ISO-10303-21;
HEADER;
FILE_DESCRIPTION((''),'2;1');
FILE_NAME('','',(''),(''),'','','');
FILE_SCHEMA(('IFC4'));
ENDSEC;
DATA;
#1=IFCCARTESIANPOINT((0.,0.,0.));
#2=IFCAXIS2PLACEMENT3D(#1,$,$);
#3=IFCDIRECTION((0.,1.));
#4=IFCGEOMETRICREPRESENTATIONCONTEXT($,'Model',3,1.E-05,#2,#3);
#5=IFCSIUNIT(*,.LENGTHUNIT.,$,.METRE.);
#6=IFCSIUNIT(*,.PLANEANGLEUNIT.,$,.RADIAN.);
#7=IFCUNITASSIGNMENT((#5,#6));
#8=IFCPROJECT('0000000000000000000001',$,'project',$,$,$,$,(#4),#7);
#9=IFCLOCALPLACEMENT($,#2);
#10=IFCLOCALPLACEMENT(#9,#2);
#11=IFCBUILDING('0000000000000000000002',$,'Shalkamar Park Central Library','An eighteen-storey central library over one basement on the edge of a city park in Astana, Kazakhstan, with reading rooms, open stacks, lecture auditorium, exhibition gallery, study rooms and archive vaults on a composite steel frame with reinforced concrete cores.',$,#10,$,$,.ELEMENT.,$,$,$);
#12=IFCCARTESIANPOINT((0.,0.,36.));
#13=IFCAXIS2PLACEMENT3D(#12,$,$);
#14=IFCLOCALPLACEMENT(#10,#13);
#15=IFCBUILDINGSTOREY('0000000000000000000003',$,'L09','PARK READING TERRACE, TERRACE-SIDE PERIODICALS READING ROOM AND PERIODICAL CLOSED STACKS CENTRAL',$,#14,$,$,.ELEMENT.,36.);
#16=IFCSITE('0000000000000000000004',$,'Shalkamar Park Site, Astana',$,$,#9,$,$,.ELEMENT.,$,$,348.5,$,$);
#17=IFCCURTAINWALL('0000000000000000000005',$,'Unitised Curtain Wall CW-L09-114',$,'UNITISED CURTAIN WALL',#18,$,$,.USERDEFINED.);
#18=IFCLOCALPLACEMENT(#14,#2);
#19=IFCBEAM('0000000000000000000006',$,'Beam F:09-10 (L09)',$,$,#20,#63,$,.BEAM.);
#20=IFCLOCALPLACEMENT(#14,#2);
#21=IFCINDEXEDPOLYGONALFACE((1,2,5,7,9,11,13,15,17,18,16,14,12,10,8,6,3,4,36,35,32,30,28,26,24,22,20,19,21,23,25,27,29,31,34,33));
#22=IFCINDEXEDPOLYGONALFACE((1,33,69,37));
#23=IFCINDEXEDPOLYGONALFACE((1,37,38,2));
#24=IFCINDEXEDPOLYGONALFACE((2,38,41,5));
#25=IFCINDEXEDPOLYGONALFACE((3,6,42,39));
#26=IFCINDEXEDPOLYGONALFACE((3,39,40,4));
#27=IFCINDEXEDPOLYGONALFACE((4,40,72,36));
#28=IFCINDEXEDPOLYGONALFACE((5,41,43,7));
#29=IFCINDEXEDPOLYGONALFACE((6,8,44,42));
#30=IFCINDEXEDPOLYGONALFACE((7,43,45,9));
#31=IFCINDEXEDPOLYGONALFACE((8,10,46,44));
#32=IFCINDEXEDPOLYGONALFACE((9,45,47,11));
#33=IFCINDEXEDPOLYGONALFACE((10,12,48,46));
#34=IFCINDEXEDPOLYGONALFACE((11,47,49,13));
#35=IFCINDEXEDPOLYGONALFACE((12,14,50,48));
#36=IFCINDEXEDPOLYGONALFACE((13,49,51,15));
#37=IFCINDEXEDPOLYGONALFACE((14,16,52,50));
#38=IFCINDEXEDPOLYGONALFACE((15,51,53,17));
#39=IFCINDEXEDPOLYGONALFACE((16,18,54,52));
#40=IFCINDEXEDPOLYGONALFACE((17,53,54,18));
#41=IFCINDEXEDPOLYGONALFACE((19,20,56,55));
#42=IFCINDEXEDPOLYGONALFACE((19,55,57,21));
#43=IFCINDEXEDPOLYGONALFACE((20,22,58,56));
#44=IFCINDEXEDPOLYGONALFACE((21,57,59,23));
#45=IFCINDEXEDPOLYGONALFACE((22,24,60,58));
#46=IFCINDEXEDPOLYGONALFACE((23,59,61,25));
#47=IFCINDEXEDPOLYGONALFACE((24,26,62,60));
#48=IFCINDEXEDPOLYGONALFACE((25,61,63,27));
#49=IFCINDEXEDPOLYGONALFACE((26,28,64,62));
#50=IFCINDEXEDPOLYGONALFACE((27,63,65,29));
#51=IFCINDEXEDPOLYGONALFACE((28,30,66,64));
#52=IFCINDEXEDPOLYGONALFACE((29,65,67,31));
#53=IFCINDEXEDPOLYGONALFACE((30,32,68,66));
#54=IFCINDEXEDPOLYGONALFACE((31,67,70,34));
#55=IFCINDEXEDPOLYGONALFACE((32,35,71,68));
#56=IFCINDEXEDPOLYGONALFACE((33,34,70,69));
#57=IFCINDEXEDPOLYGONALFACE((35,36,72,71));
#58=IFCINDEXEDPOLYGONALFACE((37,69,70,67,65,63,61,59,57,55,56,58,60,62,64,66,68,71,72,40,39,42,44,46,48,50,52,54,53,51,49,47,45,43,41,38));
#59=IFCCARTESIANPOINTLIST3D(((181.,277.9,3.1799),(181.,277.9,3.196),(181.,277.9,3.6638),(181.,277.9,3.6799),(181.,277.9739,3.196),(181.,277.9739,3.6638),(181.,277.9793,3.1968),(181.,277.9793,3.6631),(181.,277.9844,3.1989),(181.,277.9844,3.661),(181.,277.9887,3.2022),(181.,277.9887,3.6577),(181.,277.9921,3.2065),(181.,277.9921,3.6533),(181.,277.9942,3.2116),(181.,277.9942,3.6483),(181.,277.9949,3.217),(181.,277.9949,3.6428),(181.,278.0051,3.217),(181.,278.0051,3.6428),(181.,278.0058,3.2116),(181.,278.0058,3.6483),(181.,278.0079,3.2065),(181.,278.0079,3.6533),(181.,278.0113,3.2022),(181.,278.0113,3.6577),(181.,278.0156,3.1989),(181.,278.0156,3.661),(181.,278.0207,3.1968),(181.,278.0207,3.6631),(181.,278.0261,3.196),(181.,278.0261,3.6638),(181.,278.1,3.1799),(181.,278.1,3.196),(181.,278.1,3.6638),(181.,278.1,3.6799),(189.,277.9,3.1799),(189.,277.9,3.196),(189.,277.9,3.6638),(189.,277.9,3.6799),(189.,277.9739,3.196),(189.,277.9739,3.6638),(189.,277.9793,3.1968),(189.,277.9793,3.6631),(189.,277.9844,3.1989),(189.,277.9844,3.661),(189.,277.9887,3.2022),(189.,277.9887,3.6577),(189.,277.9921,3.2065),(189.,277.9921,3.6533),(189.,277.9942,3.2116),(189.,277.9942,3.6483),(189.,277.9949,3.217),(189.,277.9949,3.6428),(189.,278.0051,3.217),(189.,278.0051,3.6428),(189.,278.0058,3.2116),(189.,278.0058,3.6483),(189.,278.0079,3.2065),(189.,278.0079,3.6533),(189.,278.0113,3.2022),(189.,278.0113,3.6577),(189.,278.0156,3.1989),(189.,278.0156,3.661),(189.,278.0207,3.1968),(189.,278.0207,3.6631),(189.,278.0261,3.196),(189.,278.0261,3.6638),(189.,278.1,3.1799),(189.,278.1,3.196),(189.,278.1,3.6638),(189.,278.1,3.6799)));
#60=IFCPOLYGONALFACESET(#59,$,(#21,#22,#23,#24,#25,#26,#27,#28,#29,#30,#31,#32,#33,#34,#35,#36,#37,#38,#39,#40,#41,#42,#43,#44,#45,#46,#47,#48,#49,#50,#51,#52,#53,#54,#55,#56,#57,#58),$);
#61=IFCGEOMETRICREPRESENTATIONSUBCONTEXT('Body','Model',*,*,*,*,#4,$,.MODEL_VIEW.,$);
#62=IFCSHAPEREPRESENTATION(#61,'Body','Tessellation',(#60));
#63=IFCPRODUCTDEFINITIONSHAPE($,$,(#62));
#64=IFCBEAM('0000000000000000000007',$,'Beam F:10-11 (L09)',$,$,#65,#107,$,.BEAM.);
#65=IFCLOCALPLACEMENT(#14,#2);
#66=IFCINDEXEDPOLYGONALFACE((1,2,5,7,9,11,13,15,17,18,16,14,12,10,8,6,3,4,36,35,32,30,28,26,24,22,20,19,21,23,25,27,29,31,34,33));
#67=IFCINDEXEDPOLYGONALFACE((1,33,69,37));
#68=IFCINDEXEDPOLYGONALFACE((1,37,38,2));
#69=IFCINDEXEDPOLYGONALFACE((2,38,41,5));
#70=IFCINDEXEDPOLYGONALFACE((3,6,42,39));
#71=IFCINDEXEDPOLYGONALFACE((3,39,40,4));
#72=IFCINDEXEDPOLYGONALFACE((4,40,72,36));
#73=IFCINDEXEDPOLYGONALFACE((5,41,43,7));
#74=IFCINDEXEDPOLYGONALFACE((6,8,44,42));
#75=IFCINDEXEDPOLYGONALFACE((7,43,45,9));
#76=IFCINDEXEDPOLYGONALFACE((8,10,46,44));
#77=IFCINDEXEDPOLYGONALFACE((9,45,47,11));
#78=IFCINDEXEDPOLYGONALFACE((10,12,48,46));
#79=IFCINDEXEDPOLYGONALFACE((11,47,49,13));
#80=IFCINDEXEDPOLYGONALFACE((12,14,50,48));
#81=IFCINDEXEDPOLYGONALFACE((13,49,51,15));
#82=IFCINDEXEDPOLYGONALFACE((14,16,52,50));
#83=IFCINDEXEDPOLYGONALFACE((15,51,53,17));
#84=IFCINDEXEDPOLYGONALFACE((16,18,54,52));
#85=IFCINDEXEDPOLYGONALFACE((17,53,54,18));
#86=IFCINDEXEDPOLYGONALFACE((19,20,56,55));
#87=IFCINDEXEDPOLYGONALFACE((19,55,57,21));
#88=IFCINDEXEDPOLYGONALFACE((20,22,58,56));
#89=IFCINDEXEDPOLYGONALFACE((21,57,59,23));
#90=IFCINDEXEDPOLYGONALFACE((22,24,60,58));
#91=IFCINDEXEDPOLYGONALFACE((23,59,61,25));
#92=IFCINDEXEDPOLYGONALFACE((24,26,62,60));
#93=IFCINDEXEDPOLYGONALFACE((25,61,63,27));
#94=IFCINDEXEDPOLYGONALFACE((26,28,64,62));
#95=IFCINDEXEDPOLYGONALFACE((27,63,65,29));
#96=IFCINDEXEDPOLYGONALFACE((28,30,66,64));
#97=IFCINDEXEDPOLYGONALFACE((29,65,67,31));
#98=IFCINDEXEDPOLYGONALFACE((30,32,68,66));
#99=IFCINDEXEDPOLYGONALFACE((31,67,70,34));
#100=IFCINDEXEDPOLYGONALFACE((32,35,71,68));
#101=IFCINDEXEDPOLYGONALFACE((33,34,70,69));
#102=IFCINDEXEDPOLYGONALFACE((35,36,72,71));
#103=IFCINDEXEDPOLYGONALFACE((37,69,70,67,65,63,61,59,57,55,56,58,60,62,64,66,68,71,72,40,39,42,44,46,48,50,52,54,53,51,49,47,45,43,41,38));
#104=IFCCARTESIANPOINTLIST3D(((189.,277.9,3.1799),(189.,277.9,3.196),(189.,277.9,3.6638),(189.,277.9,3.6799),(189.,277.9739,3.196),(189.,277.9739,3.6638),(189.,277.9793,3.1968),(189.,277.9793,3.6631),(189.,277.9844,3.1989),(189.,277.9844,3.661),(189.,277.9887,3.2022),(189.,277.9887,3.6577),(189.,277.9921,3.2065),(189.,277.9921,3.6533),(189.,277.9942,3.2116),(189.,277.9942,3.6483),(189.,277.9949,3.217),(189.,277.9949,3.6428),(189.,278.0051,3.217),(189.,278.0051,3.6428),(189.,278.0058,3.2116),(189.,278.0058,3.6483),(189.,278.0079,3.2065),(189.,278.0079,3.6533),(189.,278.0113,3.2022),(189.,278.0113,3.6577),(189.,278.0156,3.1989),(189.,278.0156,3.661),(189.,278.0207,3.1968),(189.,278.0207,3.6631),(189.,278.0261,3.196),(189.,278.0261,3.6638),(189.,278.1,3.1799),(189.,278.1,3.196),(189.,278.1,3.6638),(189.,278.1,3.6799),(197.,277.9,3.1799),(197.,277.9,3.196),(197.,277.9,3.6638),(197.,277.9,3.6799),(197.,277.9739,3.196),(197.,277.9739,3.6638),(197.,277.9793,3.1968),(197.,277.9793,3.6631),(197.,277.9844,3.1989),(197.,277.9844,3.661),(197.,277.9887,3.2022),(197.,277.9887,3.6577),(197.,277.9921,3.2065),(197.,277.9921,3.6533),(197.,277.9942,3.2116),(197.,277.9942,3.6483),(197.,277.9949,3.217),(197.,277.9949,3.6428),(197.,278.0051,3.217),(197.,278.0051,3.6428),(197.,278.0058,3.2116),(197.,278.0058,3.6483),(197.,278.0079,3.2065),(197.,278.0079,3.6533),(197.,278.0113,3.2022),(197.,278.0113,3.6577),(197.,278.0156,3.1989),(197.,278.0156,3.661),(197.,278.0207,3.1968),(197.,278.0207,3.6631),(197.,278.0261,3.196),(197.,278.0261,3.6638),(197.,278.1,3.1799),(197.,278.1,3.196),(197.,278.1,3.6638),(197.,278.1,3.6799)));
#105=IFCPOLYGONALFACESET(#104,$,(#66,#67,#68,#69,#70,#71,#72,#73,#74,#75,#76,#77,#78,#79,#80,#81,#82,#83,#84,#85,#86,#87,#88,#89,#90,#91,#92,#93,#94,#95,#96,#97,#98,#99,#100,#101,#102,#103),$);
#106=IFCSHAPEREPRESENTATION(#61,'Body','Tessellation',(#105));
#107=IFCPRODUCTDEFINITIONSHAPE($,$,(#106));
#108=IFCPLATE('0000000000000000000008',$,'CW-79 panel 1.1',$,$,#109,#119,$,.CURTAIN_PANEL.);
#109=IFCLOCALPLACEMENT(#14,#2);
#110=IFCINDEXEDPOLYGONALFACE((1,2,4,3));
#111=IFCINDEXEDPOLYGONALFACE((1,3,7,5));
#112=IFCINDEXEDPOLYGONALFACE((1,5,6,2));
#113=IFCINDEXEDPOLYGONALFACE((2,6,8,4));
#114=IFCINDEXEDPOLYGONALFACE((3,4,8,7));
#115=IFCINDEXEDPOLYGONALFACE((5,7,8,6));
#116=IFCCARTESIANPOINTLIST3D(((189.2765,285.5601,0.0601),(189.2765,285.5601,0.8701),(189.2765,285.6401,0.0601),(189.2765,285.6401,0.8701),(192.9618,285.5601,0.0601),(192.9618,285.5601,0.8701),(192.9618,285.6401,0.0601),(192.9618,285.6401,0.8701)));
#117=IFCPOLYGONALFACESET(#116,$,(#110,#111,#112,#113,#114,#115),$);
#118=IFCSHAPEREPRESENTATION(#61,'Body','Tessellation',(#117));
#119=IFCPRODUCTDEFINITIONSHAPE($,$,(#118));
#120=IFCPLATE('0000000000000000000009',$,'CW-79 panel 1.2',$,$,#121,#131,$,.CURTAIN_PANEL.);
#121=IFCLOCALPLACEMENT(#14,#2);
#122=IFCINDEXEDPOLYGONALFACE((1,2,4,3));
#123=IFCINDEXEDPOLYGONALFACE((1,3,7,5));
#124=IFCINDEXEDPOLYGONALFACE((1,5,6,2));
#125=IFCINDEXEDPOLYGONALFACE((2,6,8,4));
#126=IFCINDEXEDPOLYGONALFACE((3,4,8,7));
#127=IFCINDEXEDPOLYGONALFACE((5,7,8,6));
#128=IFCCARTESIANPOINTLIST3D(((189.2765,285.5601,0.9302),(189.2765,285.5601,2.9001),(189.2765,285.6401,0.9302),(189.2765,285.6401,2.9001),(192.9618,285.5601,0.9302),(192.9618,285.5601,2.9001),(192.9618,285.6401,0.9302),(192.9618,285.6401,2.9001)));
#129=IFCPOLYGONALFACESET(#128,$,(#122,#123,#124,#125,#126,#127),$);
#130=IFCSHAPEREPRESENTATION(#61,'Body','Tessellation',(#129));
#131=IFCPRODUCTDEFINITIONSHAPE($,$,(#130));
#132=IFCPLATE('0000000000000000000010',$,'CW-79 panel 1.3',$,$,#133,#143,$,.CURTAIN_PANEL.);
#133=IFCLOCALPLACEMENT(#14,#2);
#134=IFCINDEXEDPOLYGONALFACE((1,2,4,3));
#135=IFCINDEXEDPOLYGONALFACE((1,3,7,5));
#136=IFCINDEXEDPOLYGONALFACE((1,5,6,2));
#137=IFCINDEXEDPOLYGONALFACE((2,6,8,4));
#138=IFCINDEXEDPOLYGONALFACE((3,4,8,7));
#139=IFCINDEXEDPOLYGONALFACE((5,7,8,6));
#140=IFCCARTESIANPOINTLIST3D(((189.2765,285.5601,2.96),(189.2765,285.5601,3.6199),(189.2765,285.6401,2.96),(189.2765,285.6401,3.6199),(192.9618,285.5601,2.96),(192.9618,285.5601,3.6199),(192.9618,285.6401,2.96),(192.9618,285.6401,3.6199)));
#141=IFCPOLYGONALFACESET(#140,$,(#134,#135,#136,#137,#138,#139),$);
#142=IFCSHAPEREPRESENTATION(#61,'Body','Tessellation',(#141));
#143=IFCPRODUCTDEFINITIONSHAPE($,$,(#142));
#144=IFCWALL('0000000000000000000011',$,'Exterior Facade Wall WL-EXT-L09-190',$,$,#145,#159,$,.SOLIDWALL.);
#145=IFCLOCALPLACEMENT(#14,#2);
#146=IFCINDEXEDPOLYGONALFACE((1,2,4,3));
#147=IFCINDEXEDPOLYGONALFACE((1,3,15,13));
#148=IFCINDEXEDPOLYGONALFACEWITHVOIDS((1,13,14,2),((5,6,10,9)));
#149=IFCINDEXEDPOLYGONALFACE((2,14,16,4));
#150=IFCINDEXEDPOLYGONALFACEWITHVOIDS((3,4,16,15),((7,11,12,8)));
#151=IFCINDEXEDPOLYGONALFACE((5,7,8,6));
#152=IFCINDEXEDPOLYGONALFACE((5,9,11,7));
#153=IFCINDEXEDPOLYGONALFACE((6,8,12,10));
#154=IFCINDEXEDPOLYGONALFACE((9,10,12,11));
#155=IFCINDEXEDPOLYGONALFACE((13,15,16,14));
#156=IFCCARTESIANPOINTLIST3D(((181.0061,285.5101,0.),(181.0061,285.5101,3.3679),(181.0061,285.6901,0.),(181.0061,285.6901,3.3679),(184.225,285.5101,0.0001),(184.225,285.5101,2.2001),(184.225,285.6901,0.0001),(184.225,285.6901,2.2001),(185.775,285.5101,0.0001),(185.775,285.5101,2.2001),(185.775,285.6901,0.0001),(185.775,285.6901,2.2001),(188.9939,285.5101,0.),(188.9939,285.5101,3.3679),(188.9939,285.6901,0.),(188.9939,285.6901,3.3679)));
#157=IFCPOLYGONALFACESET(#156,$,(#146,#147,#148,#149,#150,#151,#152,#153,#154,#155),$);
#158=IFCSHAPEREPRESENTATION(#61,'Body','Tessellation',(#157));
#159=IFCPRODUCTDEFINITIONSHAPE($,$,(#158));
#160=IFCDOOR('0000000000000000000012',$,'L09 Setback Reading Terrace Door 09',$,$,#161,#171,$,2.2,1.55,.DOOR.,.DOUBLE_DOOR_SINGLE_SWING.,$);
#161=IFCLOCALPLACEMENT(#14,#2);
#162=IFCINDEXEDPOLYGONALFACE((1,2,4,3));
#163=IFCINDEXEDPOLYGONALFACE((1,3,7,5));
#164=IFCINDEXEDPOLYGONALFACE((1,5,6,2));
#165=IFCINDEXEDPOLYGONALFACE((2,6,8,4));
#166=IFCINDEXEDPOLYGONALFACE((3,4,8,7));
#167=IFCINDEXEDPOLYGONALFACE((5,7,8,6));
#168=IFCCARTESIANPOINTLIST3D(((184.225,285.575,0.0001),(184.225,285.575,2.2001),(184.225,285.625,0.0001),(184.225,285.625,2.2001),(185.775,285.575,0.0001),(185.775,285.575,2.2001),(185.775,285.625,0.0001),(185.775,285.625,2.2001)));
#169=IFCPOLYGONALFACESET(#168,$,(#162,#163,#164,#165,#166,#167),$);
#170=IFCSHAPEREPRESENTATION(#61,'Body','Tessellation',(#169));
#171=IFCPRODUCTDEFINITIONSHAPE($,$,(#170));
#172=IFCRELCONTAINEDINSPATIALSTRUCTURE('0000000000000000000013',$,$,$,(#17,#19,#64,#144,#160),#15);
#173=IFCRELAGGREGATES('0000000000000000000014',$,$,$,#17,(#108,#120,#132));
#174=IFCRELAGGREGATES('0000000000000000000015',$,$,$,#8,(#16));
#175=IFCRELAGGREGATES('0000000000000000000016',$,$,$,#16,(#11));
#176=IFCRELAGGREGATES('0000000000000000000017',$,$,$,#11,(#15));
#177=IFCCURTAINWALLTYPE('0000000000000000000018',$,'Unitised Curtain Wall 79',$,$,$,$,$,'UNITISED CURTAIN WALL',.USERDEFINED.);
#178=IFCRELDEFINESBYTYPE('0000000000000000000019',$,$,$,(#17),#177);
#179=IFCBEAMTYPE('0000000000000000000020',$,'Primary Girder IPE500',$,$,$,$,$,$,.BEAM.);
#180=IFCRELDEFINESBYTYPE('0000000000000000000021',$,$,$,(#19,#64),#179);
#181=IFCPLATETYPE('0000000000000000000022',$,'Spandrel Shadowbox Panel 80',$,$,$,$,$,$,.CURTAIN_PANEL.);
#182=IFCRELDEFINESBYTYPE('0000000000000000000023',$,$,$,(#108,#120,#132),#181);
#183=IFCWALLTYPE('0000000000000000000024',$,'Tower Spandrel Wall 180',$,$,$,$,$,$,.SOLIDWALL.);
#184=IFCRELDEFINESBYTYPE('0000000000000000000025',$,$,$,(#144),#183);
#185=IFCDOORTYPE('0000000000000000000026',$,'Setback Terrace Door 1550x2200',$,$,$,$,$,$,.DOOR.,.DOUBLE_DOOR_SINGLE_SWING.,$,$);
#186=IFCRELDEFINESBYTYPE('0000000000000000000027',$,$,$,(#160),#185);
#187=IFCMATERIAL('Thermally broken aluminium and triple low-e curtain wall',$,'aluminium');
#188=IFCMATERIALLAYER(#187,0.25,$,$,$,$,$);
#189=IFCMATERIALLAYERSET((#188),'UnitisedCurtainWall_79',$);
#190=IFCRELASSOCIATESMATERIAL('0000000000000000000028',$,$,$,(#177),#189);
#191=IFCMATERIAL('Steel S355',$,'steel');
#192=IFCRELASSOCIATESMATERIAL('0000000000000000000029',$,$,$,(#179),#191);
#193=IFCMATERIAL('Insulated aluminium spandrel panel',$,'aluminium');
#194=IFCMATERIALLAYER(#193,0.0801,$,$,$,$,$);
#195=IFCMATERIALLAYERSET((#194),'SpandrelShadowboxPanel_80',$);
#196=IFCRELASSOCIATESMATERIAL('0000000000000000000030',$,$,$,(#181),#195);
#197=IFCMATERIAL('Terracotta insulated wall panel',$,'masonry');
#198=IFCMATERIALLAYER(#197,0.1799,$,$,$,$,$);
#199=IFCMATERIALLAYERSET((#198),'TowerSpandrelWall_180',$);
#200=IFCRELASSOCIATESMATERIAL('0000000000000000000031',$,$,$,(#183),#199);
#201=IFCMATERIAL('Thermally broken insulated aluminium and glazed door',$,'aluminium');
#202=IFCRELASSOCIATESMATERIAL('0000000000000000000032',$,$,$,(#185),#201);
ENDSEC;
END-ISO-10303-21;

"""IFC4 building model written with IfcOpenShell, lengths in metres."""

from ifc_helpers import new_model, si_unit, direction, frame, frame_2d, origin, origin_2d, place, context, subcontext, project, spatial, rectangle, i_section, extrude, material, layer, layer_set, material_profile, profile_set, type_object, element, fill, aggregate, save


model = new_model("IFC4")

# Units and contexts
model_context = context("Model", 3, precision=1e-05, world=origin(), true_north=direction((0.0, 1.0)))
body_context = subcontext(model_context, "Body", "Model", "MODEL_VIEW")
ifc_project = project(units=[si_unit("LENGTHUNIT", "METRE"), si_unit("PLANEANGLEUNIT", "RADIAN")], contexts=[model_context])

# Site, building, storey
site_placement = place(None, origin())
site = spatial("IfcSite", under=ifc_project, at=site_placement, Name="Shalkamar Park Site, Astana", CompositionType="ELEMENT", RefElevation=348.5)
building_placement = place(site_placement, origin())
building = spatial("IfcBuilding", under=site, at=building_placement, Name="Shalkamar Park Central Library", Description="An eighteen-storey central library over one basement on the edge of a city park in Astana, Kazakhstan, with reading rooms, open stacks, lecture auditorium, exhibition gallery, study rooms and archive vaults on a composite steel frame with reinforced concrete cores.", CompositionType="ELEMENT")
storey_placement = place(building_placement, frame((0.0, 0.0, 36.0)))
storey = spatial("IfcBuildingStorey", under=building, at=storey_placement, Name="L09", Description="PARK READING TERRACE, TERRACE-SIDE PERIODICALS READING ROOM AND PERIODICAL CLOSED STACKS CENTRAL", CompositionType="ELEMENT", Elevation=36.0)

# Shared definitions
ifc_material_1 = material(Name="Steel S355", Category="steel")

# Curtain wall
ifc_material_2 = material(Name="Thermally broken aluminium and triple low-e curtain wall", Category="aluminium")
ifc_layer_1 = layer(ifc_material_2, 0.25)
ifc_layer_set_1 = layer_set([ifc_layer_1], Name="UnitisedCurtainWall_79")
curtain_wall_type = type_object("IfcCurtainWallType", Name="Unitised Curtain Wall 79", ElementType="UNITISED CURTAIN WALL", PredefinedType="USERDEFINED", material=ifc_layer_set_1)
curtain_wall_placement = place(storey_placement, origin())
curtain_wall = element("IfcCurtainWall", 1, at=curtain_wall_placement, inside=storey, type_object=curtain_wall_type, Name="Unitised Curtain Wall CW-L09-114", ObjectType="UNITISED CURTAIN WALL", PredefinedType="USERDEFINED")

# Beams
ifc_material_profile_1 = material_profile(ifc_material_1, i_section(OverallWidth=0.2, OverallDepth=0.5, WebThickness=0.0103, FlangeThickness=0.0161, FilletRadius=0.021, at=origin_2d()), Name="IPE 500")
ifc_profile_set_1 = profile_set([ifc_material_profile_1], Name="Steel S355")
beam_type_1 = type_object("IfcBeamType", Name="Primary Girder IPE500", PredefinedType="BEAM", material=ifc_profile_set_1)
for number, where, z_axis, x_axis, name in (
    (2, (181.0, 278.0, 3.4299), (1.0, 0.0, 0.0), (0.0, 1.0, 0.0), "Beam F:09-10 (L09)"),
    (3, (189.0, 278.0, 3.4299), (1.0, 0.0, 0.0), (0.0, 1.0, 0.0), "Beam F:10-11 (L09)"),
):
    element("IfcBeam", number, at=place(storey_placement, frame(where, z_axis=z_axis, x_axis=x_axis)), inside=storey, type_object=beam_type_1, Name=name, PredefinedType="BEAM", context=body_context, shape_type="SweptSolid", body=[
        extrude(i_section(OverallWidth=0.2, OverallDepth=0.5, WebThickness=0.0103, FlangeThickness=0.0161, FilletRadius=0.021, at=origin_2d()), origin(), (0.0, 0.0, 1.0), 8.0),
    ])

# Plates
ifc_material_3 = material(Name="Insulated aluminium spandrel panel", Category="aluminium")
ifc_layer_2 = layer(ifc_material_3, 0.0801)
ifc_layer_set_2 = layer_set([ifc_layer_2], Name="SpandrelShadowboxPanel_80")
plate_type = type_object("IfcPlateType", Name="Spandrel Shadowbox Panel 80", PredefinedType="CURTAIN_PANEL", material=ifc_layer_set_2)
plate_1_placement = place(storey_placement, frame((191.1191, 285.6001, 0.0601), z_axis=(0.0, 0.0, 1.0), x_axis=(1.0, 0.0, 0.0)))
plate_1 = element("IfcPlate", 4, at=plate_1_placement, type_object=plate_type, Name="CW-79 panel 1.1", PredefinedType="CURTAIN_PANEL", context=body_context, shape_type="SweptSolid", body=[
    extrude(rectangle(XDim=3.6853, YDim=0.0801, at=origin_2d()), origin(), (0.0, 0.0, 1.0), 0.8101),
])
plate_2_placement = place(storey_placement, frame((191.1191, 285.6001, 0.9302), z_axis=(0.0, 0.0, 1.0), x_axis=(1.0, 0.0, 0.0)))
plate_2 = element("IfcPlate", 5, at=plate_2_placement, type_object=plate_type, Name="CW-79 panel 1.2", PredefinedType="CURTAIN_PANEL", context=body_context, shape_type="SweptSolid", body=[
    extrude(rectangle(XDim=3.6853, YDim=0.0801, at=origin_2d()), origin(), (0.0, 0.0, 1.0), 1.97),
])
plate_3_placement = place(storey_placement, frame((191.1191, 285.6001, 2.96), z_axis=(0.0, 0.0, 1.0), x_axis=(1.0, 0.0, 0.0)))
plate_3 = element("IfcPlate", 6, at=plate_3_placement, type_object=plate_type, Name="CW-79 panel 1.3", PredefinedType="CURTAIN_PANEL", context=body_context, shape_type="SweptSolid", body=[
    extrude(rectangle(XDim=3.6853, YDim=0.0801, at=origin_2d()), origin(), (0.0, 0.0, 1.0), 0.6599),
])
aggregate(curtain_wall, [plate_1, plate_2, plate_3])

# Wall, opening, door
ifc_material_4 = material(Name="Terracotta insulated wall panel", Category="masonry")
ifc_layer_3 = layer(ifc_material_4, 0.1799)
ifc_layer_set_3 = layer_set([ifc_layer_3], Name="TowerSpandrelWall_180")
wall_type = type_object("IfcWallType", Name="Tower Spandrel Wall 180", PredefinedType="SOLIDWALL", material=ifc_layer_set_3)
wall_placement = place(storey_placement, frame((181.0061, 285.6001, 0.0), z_axis=(0.0, 0.0, 1.0), x_axis=(1.0, 0.0, 0.0)))
wall = element("IfcWall", 7, at=wall_placement, inside=storey, type_object=wall_type, Name="Exterior Facade Wall WL-EXT-L09-190", PredefinedType="SOLIDWALL", context=body_context, shape_type="SweptSolid", body=[
    extrude(rectangle(XDim=7.9878, YDim=0.1799, at=frame_2d((3.9939, 0.0))), origin(), (0.0, 0.0, 1.0), 3.3679),
])
opening_placement = place(wall_placement, frame((3.219, 0.0, 0.0)))
opening = element("IfcOpeningElement", 8, at=opening_placement, cuts=wall, PredefinedType="OPENING", context=body_context, shape_type="SweptSolid", body=[
    extrude(rectangle(XDim=1.55, YDim=2.2, at=frame_2d((0.7749, 1.1001))), frame((0.0, 0.105, 0.0), z_axis=(0.0, -1.0, 0.0), x_axis=(1.0, 0.0, 0.0)), (0.0, 0.0, 1.0), 0.2097),
])
ifc_material_5 = material(Name="Thermally broken insulated aluminium and glazed door", Category="aluminium")
door_type = type_object("IfcDoorType", Name="Setback Terrace Door 1550x2200", OperationType="DOUBLE_DOOR_SINGLE_SWING", PredefinedType="DOOR", material=ifc_material_5)
door_placement = place(opening_placement, origin())
door = element("IfcDoor", 9, at=door_placement, inside=storey, type_object=door_type, Name="L09 Setback Reading Terrace Door 09", OperationType="DOUBLE_DOOR_SINGLE_SWING", OverallHeight=2.2, OverallWidth=1.55, PredefinedType="DOOR", context=body_context, shape_type="SweptSolid", body=[
    extrude(rectangle(XDim=1.55, YDim=2.2, at=frame_2d((0.7749, 1.1001))), frame((0.0, 0.0249, 0.0), z_axis=(0.0, -1.0, 0.0), x_axis=(1.0, 0.0, 0.0)), (0.0, 0.0, 1.0), 0.05),
])
fill(opening, door)

save(model, "model.ifc")
